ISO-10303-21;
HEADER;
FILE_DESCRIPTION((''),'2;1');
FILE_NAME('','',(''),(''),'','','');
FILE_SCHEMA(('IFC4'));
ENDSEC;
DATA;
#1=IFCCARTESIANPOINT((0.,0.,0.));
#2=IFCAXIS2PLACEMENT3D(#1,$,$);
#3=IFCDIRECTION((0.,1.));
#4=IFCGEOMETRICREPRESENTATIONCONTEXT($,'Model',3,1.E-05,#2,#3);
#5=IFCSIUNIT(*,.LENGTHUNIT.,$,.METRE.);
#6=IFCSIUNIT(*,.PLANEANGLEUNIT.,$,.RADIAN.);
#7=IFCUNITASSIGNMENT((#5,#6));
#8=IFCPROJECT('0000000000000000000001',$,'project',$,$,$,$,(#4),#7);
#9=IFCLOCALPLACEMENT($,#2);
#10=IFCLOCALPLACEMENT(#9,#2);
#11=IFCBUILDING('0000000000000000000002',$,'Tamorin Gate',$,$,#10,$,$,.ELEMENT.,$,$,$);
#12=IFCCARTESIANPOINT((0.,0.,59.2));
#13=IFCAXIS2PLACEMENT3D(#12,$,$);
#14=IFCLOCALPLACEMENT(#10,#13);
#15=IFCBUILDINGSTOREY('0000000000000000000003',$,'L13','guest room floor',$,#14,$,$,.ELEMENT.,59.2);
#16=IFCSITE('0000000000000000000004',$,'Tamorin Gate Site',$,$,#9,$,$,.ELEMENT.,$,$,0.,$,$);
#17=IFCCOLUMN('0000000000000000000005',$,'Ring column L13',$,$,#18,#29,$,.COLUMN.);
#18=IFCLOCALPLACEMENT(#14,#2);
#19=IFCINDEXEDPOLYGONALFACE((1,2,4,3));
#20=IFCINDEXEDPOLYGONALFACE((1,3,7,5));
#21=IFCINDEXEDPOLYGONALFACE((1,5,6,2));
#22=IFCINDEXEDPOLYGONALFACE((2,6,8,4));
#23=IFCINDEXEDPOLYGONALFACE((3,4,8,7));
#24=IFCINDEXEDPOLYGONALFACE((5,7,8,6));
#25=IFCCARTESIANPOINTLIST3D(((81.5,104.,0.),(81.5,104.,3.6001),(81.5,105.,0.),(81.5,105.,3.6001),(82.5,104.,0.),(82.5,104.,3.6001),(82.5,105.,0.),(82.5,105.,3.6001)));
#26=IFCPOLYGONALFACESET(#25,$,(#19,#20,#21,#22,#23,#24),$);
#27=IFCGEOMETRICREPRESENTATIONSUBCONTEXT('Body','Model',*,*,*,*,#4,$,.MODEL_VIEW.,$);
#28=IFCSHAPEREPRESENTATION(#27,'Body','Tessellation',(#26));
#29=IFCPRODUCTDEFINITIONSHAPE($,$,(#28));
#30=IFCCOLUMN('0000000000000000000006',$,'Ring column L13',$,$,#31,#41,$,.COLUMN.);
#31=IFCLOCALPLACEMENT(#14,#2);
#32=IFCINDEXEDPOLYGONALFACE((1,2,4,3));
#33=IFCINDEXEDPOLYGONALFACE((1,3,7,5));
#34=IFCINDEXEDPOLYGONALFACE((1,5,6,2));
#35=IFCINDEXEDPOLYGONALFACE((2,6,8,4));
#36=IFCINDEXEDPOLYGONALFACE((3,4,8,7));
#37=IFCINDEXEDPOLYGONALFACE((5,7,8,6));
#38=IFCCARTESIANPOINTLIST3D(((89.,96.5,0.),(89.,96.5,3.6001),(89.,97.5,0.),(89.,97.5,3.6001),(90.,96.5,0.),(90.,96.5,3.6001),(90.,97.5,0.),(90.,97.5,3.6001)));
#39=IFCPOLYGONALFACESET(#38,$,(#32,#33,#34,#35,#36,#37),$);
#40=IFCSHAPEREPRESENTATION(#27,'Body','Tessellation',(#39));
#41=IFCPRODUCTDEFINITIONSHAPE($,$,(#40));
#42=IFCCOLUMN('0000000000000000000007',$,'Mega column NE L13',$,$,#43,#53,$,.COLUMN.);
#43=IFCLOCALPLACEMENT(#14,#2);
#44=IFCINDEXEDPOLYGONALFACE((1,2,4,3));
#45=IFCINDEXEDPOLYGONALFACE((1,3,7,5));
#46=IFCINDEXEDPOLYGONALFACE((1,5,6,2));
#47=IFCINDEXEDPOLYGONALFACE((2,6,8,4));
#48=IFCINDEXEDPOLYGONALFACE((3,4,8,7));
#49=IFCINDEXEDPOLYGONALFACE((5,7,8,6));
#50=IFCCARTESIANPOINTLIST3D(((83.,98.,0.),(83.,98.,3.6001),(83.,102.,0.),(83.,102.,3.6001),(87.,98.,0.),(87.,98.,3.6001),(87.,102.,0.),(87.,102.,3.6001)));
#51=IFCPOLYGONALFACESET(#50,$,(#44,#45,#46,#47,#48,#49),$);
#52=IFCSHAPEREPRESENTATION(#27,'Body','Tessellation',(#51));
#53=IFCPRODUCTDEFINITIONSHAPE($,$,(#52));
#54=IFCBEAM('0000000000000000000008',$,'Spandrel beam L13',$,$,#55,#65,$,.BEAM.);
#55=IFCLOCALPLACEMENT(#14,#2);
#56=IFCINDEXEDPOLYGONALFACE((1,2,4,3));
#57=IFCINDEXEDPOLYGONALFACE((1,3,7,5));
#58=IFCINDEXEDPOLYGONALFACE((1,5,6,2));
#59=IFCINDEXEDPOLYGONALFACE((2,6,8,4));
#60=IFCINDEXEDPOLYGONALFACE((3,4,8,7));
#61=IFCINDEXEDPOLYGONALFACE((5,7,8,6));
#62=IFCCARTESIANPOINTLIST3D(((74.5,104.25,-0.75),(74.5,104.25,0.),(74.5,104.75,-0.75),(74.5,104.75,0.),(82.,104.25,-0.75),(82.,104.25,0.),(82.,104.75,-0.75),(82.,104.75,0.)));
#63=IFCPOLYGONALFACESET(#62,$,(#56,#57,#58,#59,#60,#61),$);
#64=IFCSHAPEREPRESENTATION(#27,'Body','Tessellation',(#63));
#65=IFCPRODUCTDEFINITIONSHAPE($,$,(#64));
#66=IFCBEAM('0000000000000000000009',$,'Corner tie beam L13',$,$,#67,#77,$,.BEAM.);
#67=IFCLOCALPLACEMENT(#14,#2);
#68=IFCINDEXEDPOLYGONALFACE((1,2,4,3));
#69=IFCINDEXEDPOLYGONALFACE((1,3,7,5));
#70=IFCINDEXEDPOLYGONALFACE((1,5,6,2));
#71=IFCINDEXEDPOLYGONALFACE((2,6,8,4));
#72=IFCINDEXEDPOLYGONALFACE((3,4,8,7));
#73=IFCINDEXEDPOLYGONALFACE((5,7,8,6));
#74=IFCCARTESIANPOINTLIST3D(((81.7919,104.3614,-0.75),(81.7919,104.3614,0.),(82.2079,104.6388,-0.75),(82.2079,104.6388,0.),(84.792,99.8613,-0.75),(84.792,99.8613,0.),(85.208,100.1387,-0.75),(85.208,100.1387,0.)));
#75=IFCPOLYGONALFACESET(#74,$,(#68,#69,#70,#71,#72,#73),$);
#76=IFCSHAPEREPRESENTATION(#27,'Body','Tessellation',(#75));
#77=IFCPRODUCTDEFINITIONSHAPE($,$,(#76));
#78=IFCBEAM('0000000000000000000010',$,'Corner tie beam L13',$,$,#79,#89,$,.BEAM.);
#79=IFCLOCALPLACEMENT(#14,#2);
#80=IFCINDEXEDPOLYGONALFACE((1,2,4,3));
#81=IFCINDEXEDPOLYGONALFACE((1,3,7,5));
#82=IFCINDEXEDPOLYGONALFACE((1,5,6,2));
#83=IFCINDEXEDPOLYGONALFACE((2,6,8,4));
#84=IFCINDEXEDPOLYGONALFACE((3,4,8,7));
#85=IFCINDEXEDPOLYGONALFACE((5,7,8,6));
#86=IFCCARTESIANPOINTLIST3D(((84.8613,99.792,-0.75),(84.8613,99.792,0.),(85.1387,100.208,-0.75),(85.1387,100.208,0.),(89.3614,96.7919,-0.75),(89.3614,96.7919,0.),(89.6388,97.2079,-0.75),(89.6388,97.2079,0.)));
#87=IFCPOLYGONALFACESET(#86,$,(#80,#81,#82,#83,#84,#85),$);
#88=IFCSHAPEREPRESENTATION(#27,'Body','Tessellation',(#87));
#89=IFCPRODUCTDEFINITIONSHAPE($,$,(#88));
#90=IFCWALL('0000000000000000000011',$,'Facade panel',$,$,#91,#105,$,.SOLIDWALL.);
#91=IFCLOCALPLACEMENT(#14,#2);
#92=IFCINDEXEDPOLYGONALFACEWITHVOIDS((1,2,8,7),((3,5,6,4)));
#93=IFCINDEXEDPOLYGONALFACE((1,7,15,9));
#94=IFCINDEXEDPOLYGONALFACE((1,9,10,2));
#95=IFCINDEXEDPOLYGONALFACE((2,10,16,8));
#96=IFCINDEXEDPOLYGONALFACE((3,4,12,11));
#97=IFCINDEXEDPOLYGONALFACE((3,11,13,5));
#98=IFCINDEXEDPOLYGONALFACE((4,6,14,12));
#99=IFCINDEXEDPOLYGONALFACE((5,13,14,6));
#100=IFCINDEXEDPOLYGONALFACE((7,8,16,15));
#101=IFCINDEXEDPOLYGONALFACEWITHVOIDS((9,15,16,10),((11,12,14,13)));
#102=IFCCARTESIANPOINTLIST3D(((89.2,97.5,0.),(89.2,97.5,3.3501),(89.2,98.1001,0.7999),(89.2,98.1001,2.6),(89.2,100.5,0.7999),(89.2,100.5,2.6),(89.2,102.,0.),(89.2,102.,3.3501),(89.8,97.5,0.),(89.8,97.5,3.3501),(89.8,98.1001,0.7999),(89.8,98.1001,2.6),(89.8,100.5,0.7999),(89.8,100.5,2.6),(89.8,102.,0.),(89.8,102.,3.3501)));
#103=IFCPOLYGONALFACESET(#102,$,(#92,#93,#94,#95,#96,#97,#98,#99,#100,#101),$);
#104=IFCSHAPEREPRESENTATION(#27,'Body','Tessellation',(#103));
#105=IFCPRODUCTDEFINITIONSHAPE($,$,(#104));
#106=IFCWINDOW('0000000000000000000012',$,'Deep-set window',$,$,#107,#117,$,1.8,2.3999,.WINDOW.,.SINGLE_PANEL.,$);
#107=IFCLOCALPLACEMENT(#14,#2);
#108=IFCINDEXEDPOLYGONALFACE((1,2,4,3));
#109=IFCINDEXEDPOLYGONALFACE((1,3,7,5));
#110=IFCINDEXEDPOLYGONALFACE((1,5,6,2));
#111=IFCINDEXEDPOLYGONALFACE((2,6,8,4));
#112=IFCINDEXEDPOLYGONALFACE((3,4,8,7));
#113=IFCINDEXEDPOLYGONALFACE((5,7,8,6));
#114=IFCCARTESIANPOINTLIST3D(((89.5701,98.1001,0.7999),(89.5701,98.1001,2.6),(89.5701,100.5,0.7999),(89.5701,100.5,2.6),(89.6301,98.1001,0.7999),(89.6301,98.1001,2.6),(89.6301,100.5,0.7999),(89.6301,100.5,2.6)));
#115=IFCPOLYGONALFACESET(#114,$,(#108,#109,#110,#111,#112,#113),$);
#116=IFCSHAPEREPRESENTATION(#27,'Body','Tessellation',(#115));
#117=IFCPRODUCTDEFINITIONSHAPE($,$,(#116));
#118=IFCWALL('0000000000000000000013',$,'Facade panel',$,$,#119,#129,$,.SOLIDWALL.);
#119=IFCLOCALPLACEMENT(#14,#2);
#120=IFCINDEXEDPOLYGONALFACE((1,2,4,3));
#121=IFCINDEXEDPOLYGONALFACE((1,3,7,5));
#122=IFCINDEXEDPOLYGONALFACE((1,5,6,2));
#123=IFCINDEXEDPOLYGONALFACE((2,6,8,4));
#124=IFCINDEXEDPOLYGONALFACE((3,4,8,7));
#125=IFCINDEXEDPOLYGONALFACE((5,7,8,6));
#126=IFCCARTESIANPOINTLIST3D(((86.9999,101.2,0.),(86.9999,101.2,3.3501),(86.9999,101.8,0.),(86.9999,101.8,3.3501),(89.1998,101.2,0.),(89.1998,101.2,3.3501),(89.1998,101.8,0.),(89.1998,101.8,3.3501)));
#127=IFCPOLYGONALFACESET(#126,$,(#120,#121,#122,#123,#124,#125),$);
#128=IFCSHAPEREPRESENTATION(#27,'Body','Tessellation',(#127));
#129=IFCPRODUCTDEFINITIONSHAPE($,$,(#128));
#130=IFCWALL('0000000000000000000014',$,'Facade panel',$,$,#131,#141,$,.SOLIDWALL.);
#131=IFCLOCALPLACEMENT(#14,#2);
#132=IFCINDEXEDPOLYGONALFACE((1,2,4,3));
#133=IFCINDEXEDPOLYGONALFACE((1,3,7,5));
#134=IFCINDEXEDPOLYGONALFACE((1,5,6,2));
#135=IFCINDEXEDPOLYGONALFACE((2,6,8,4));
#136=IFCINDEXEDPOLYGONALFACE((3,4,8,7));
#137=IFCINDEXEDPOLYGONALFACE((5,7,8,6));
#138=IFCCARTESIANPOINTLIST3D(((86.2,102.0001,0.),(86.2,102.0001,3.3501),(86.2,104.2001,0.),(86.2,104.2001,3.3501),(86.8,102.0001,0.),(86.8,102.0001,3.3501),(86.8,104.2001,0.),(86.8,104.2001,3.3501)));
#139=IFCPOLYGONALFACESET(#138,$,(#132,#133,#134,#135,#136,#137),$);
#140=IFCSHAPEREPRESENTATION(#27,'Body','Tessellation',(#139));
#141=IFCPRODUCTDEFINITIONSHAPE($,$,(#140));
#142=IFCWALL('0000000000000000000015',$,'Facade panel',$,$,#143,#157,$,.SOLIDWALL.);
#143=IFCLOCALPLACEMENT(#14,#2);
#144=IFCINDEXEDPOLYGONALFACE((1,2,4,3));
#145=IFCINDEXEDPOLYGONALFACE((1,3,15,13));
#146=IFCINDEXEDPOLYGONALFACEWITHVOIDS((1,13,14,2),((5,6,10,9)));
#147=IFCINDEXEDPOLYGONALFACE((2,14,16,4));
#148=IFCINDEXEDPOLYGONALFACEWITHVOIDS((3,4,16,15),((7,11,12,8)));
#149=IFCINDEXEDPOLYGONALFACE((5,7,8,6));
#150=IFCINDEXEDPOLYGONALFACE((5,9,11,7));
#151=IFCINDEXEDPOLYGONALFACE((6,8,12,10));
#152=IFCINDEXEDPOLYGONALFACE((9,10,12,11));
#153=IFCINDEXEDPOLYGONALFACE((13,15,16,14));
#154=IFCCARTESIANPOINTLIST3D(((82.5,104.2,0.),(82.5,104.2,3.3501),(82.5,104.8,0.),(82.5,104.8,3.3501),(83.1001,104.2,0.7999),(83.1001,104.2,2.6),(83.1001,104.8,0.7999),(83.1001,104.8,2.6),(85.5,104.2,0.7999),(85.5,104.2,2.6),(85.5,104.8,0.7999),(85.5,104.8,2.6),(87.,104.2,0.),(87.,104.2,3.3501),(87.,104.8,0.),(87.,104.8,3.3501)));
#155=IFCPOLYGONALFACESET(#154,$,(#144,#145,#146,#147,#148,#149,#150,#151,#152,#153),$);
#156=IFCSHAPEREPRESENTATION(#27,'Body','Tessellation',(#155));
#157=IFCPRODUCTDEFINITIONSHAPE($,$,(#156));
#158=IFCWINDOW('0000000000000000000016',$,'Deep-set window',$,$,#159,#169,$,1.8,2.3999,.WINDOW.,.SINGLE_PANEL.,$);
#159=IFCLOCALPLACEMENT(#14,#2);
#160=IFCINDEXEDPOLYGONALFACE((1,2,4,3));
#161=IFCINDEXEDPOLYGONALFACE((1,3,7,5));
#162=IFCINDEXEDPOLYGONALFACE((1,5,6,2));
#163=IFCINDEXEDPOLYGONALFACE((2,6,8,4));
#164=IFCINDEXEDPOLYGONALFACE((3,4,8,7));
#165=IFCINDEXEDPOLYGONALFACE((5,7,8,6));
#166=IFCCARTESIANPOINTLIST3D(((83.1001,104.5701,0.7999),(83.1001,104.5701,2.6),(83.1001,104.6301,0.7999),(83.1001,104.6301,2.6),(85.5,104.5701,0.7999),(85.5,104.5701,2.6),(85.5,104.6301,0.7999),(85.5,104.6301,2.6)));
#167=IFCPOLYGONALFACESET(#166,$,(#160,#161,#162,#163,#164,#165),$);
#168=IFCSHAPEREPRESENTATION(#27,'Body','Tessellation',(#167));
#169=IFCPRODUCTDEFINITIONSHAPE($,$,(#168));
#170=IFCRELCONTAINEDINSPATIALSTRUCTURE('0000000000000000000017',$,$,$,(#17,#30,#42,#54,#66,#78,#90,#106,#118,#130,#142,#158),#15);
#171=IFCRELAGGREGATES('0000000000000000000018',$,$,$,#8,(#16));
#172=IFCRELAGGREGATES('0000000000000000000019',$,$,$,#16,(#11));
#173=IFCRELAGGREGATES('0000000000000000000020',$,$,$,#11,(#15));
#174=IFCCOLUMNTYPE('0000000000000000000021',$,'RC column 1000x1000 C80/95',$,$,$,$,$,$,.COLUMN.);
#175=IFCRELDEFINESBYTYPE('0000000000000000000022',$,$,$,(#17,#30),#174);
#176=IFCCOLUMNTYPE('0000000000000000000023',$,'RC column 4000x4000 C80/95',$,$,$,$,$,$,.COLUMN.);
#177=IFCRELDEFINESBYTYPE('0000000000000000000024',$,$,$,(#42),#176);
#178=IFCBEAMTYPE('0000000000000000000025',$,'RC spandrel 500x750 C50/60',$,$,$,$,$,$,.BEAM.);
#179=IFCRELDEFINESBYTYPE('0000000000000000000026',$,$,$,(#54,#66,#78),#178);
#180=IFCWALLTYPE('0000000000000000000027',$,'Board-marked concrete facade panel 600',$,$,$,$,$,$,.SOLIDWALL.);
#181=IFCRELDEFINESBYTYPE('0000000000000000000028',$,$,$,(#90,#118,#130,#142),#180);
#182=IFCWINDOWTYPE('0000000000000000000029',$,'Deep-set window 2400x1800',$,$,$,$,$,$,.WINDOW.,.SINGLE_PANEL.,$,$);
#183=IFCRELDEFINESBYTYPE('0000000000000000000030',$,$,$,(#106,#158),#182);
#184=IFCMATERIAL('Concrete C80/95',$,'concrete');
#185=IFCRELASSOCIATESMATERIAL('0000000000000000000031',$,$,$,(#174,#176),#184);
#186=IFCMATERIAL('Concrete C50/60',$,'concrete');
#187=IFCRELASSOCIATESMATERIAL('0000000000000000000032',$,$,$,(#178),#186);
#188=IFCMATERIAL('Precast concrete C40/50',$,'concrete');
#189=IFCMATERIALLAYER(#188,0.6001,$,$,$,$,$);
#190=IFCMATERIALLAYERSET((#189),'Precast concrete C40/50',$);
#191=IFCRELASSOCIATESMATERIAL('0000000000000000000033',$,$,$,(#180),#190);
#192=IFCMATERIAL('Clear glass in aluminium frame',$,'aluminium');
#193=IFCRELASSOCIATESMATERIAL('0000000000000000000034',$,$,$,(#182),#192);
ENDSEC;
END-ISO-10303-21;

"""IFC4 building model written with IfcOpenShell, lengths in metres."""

from ifc_helpers import new_model, si_unit, direction, frame, frame_2d, origin, origin_2d, place, context, subcontext, project, spatial, rectangle, extrude, material, layer, layer_set, material_profile, profile_set, type_object, element, fill, save


model = new_model("IFC4")

# Units and contexts
model_context = context("Model", 3, precision=1e-05, world=origin(), true_north=direction((0.0, 1.0)))
body_context = subcontext(model_context, "Body", "Model", "MODEL_VIEW")
ifc_project = project(units=[si_unit("LENGTHUNIT", "METRE"), si_unit("PLANEANGLEUNIT", "RADIAN")], contexts=[model_context])

# Site, building, storey
site_placement = place(None, origin())
site = spatial("IfcSite", under=ifc_project, at=site_placement, Name="Tamorin Gate Site", CompositionType="ELEMENT", RefElevation=0.0)
building_placement = place(site_placement, origin())
building = spatial("IfcBuilding", under=site, at=building_placement, Name="Tamorin Gate", CompositionType="ELEMENT")
storey_placement = place(building_placement, frame((0.0, 0.0, 59.2)))
storey = spatial("IfcBuildingStorey", under=building, at=storey_placement, Name="L13", Description="guest room floor", CompositionType="ELEMENT", Elevation=59.2)

# Columns
ifc_material_1 = material(Name="Concrete C80/95", Category="concrete")
ifc_material_profile_1 = material_profile(ifc_material_1, rectangle(XDim=1.0, YDim=1.0, at=origin_2d()), Name="RC 1000x1000")
ifc_profile_set_1 = profile_set([ifc_material_profile_1], Name="Concrete C80/95")
column_type_1 = type_object("IfcColumnType", Name="RC column 1000x1000 C80/95", PredefinedType="COLUMN", material=ifc_profile_set_1)
for number, where, z_axis, x_axis, name in (
    (1, (82.0, 104.5, 0.0), (0.0, 0.0, 1.0), (1.0, 0.0, 0.0), "Ring column L13"),
    (2, (89.5, 97.0, 0.0), (0.0, 0.0, 1.0), (1.0, 0.0, 0.0), "Ring column L13"),
):
    element("IfcColumn", number, at=place(storey_placement, frame(where, z_axis=z_axis, x_axis=x_axis)), inside=storey, type_object=column_type_1, Name=name, PredefinedType="COLUMN", context=body_context, shape_type="SweptSolid", body=[
        extrude(rectangle(XDim=1.0, YDim=1.0, at=origin_2d()), origin(), (0.0, 0.0, 1.0), 3.6001),
    ])
ifc_material_profile_2 = material_profile(ifc_material_1, rectangle(XDim=4.0, YDim=4.0, at=origin_2d()), Name="RC 4000x4000")
ifc_profile_set_2 = profile_set([ifc_material_profile_2], Name="Concrete C80/95")
column_type_2 = type_object("IfcColumnType", Name="RC column 4000x4000 C80/95", PredefinedType="COLUMN", material=ifc_profile_set_2)
column_placement = place(storey_placement, frame((85.0, 100.0, 0.0), z_axis=(0.0, 0.0, 1.0), x_axis=(1.0, 0.0, 0.0)))
element("IfcColumn", 3, at=column_placement, inside=storey, type_object=column_type_2, Name="Mega column NE L13", PredefinedType="COLUMN", context=body_context, shape_type="SweptSolid", body=[
    extrude(rectangle(XDim=4.0, YDim=4.0, at=origin_2d()), origin(), (0.0, 0.0, 1.0), 3.6001),
])

# Beams
ifc_material_2 = material(Name="Concrete C50/60", Category="concrete")
ifc_material_profile_3 = material_profile(ifc_material_2, rectangle(XDim=0.5, YDim=0.75, at=origin_2d()), Name="RC 500x750")
ifc_profile_set_3 = profile_set([ifc_material_profile_3], Name="Concrete C50/60")
beam_type = type_object("IfcBeamType", Name="RC spandrel 500x750 C50/60", PredefinedType="BEAM", material=ifc_profile_set_3)
beam_placement = place(storey_placement, frame((82.0, 104.5, -0.375), z_axis=(-1.0, 0.0, 0.0), x_axis=(0.0, -1.0, 0.0)))
element("IfcBeam", 4, at=beam_placement, inside=storey, type_object=beam_type, Name="Spandrel beam L13", PredefinedType="BEAM", context=body_context, shape_type="SweptSolid", body=[
    extrude(rectangle(XDim=0.5, YDim=0.75, at=origin_2d()), origin(), (0.0, 0.0, 1.0), 7.5),
])
for number, where, z_axis, x_axis, name in (
    (5, (85.0, 100.0, -0.375), (-0.5547, 0.83205, 0.0), (-0.83205, -0.5547, 0.0), "Corner tie beam L13"),
    (6, (85.0, 100.0, -0.375), (0.83205, -0.5547, 0.0), (0.5547, 0.83205, 0.0), "Corner tie beam L13"),
):
    element("IfcBeam", number, at=place(storey_placement, frame(where, z_axis=z_axis, x_axis=x_axis)), inside=storey, type_object=beam_type, Name=name, PredefinedType="BEAM", context=body_context, shape_type="SweptSolid", body=[
        extrude(rectangle(XDim=0.5, YDim=0.75, at=origin_2d()), origin(), (0.0, 0.0, 1.0), 5.4084),
    ])

# Wall, opening, window
ifc_material_3 = material(Name="Precast concrete C40/50", Category="concrete")
ifc_layer_1 = layer(ifc_material_3, 0.6001)
ifc_layer_set_1 = layer_set([ifc_layer_1], Name="Precast concrete C40/50")
wall_type_1 = type_object("IfcWallType", Name="Board-marked concrete facade panel 600", PredefinedType="SOLIDWALL", material=ifc_layer_set_1)
wall_1_placement = place(storey_placement, frame((89.5, 97.5, 0.0), z_axis=(0.0, 0.0, 1.0), x_axis=(0.0, 1.0, 0.0)))
wall_1 = element("IfcWall", 7, at=wall_1_placement, inside=storey, type_object=wall_type_1, Name="Facade panel", PredefinedType="SOLIDWALL", context=body_context, shape_type="SweptSolid", body=[
    extrude(rectangle(XDim=4.5, YDim=0.6001, at=frame_2d((2.25, 0.0))), origin(), (0.0, 0.0, 1.0), 3.3501),
])
opening_1_placement = place(wall_1_placement, frame((0.6001, 0.0, 0.8)))
opening_1 = element("IfcOpeningElement", 8, at=opening_1_placement, cuts=wall_1, PredefinedType="OPENING", context=body_context, shape_type="SweptSolid", body=[
    extrude(rectangle(XDim=2.3999, YDim=1.8, at=frame_2d((1.2, 0.8999))), frame((0.0, 0.3101, 0.0), z_axis=(0.0, -1.0, 0.0), x_axis=(1.0, 0.0, 0.0)), (0.0, 0.0, 1.0), 0.6201),
])
ifc_material_4 = material(Name="Clear glass in aluminium frame", Category="aluminium")
window_type = type_object("IfcWindowType", Name="Deep-set window 2400x1800", PartitioningType="SINGLE_PANEL", PredefinedType="WINDOW", material=ifc_material_4)
window_1_placement = place(opening_1_placement, origin())
window_1 = element("IfcWindow", 9, at=window_1_placement, inside=storey, type_object=window_type, Name="Deep-set window", OverallHeight=1.8, OverallWidth=2.3999, PartitioningType="SINGLE_PANEL", PredefinedType="WINDOW", context=body_context, shape_type="SweptSolid", body=[
    extrude(rectangle(XDim=2.3999, YDim=1.8, at=frame_2d((1.2, 0.8999))), frame((0.0, -0.0701, 0.0), z_axis=(0.0, -1.0, 0.0), x_axis=(1.0, 0.0, 0.0)), (0.0, 0.0, 1.0), 0.0601),
])
fill(opening_1, window_1)

# Walls
for number, where, z_axis, x_axis, name in (
    (10, (89.2, 101.5, 0.0), (0.0, 0.0, 1.0), (-1.0, 0.0, 0.0), "Facade panel"),
    (11, (86.5, 102.0, 0.0), (0.0, 0.0, 1.0), (0.0, 1.0, 0.0), "Facade panel"),
):
    element("IfcWall", number, at=place(storey_placement, frame(where, z_axis=z_axis, x_axis=x_axis)), inside=storey, type_object=wall_type_1, Name=name, PredefinedType="SOLIDWALL", context=body_context, shape_type="SweptSolid", body=[
        extrude(rectangle(XDim=2.2, YDim=0.6001, at=frame_2d((1.1001, 0.0))), origin(), (0.0, 0.0, 1.0), 3.3501),
    ])

# Wall, opening, window
wall_2_placement = place(storey_placement, frame((87.0, 104.5, 0.0), z_axis=(0.0, 0.0, 1.0), x_axis=(-1.0, 0.0, 0.0)))
wall_2 = element("IfcWall", 12, at=wall_2_placement, inside=storey, type_object=wall_type_1, Name="Facade panel", PredefinedType="SOLIDWALL", context=body_context, shape_type="SweptSolid", body=[
    extrude(rectangle(XDim=4.5, YDim=0.6001, at=frame_2d((2.25, 0.0))), origin(), (0.0, 0.0, 1.0), 3.3501),
])
opening_2_placement = place(wall_2_placement, frame((1.5, 0.0, 0.8)))
opening_2 = element("IfcOpeningElement", 13, at=opening_2_placement, cuts=wall_2, PredefinedType="OPENING", context=body_context, shape_type="SweptSolid", body=[
    extrude(rectangle(XDim=2.3999, YDim=1.8, at=frame_2d((1.2, 0.8999))), frame((0.0, 0.3101, 0.0), z_axis=(0.0, -1.0, 0.0), x_axis=(1.0, 0.0, 0.0)), (0.0, 0.0, 1.0), 0.6201),
])
window_2_placement = place(opening_2_placement, origin())
window_2 = element("IfcWindow", 14, at=window_2_placement, inside=storey, type_object=window_type, Name="Deep-set window", OverallHeight=1.8, OverallWidth=2.3999, PartitioningType="SINGLE_PANEL", PredefinedType="WINDOW", context=body_context, shape_type="SweptSolid", body=[
    extrude(rectangle(XDim=2.3999, YDim=1.8, at=frame_2d((1.2, 0.8999))), frame((0.0, -0.0701, 0.0), z_axis=(0.0, -1.0, 0.0), x_axis=(1.0, 0.0, 0.0)), (0.0, 0.0, 1.0), 0.0601),
])
fill(opening_2, window_2)

save(model, "model.ifc")
